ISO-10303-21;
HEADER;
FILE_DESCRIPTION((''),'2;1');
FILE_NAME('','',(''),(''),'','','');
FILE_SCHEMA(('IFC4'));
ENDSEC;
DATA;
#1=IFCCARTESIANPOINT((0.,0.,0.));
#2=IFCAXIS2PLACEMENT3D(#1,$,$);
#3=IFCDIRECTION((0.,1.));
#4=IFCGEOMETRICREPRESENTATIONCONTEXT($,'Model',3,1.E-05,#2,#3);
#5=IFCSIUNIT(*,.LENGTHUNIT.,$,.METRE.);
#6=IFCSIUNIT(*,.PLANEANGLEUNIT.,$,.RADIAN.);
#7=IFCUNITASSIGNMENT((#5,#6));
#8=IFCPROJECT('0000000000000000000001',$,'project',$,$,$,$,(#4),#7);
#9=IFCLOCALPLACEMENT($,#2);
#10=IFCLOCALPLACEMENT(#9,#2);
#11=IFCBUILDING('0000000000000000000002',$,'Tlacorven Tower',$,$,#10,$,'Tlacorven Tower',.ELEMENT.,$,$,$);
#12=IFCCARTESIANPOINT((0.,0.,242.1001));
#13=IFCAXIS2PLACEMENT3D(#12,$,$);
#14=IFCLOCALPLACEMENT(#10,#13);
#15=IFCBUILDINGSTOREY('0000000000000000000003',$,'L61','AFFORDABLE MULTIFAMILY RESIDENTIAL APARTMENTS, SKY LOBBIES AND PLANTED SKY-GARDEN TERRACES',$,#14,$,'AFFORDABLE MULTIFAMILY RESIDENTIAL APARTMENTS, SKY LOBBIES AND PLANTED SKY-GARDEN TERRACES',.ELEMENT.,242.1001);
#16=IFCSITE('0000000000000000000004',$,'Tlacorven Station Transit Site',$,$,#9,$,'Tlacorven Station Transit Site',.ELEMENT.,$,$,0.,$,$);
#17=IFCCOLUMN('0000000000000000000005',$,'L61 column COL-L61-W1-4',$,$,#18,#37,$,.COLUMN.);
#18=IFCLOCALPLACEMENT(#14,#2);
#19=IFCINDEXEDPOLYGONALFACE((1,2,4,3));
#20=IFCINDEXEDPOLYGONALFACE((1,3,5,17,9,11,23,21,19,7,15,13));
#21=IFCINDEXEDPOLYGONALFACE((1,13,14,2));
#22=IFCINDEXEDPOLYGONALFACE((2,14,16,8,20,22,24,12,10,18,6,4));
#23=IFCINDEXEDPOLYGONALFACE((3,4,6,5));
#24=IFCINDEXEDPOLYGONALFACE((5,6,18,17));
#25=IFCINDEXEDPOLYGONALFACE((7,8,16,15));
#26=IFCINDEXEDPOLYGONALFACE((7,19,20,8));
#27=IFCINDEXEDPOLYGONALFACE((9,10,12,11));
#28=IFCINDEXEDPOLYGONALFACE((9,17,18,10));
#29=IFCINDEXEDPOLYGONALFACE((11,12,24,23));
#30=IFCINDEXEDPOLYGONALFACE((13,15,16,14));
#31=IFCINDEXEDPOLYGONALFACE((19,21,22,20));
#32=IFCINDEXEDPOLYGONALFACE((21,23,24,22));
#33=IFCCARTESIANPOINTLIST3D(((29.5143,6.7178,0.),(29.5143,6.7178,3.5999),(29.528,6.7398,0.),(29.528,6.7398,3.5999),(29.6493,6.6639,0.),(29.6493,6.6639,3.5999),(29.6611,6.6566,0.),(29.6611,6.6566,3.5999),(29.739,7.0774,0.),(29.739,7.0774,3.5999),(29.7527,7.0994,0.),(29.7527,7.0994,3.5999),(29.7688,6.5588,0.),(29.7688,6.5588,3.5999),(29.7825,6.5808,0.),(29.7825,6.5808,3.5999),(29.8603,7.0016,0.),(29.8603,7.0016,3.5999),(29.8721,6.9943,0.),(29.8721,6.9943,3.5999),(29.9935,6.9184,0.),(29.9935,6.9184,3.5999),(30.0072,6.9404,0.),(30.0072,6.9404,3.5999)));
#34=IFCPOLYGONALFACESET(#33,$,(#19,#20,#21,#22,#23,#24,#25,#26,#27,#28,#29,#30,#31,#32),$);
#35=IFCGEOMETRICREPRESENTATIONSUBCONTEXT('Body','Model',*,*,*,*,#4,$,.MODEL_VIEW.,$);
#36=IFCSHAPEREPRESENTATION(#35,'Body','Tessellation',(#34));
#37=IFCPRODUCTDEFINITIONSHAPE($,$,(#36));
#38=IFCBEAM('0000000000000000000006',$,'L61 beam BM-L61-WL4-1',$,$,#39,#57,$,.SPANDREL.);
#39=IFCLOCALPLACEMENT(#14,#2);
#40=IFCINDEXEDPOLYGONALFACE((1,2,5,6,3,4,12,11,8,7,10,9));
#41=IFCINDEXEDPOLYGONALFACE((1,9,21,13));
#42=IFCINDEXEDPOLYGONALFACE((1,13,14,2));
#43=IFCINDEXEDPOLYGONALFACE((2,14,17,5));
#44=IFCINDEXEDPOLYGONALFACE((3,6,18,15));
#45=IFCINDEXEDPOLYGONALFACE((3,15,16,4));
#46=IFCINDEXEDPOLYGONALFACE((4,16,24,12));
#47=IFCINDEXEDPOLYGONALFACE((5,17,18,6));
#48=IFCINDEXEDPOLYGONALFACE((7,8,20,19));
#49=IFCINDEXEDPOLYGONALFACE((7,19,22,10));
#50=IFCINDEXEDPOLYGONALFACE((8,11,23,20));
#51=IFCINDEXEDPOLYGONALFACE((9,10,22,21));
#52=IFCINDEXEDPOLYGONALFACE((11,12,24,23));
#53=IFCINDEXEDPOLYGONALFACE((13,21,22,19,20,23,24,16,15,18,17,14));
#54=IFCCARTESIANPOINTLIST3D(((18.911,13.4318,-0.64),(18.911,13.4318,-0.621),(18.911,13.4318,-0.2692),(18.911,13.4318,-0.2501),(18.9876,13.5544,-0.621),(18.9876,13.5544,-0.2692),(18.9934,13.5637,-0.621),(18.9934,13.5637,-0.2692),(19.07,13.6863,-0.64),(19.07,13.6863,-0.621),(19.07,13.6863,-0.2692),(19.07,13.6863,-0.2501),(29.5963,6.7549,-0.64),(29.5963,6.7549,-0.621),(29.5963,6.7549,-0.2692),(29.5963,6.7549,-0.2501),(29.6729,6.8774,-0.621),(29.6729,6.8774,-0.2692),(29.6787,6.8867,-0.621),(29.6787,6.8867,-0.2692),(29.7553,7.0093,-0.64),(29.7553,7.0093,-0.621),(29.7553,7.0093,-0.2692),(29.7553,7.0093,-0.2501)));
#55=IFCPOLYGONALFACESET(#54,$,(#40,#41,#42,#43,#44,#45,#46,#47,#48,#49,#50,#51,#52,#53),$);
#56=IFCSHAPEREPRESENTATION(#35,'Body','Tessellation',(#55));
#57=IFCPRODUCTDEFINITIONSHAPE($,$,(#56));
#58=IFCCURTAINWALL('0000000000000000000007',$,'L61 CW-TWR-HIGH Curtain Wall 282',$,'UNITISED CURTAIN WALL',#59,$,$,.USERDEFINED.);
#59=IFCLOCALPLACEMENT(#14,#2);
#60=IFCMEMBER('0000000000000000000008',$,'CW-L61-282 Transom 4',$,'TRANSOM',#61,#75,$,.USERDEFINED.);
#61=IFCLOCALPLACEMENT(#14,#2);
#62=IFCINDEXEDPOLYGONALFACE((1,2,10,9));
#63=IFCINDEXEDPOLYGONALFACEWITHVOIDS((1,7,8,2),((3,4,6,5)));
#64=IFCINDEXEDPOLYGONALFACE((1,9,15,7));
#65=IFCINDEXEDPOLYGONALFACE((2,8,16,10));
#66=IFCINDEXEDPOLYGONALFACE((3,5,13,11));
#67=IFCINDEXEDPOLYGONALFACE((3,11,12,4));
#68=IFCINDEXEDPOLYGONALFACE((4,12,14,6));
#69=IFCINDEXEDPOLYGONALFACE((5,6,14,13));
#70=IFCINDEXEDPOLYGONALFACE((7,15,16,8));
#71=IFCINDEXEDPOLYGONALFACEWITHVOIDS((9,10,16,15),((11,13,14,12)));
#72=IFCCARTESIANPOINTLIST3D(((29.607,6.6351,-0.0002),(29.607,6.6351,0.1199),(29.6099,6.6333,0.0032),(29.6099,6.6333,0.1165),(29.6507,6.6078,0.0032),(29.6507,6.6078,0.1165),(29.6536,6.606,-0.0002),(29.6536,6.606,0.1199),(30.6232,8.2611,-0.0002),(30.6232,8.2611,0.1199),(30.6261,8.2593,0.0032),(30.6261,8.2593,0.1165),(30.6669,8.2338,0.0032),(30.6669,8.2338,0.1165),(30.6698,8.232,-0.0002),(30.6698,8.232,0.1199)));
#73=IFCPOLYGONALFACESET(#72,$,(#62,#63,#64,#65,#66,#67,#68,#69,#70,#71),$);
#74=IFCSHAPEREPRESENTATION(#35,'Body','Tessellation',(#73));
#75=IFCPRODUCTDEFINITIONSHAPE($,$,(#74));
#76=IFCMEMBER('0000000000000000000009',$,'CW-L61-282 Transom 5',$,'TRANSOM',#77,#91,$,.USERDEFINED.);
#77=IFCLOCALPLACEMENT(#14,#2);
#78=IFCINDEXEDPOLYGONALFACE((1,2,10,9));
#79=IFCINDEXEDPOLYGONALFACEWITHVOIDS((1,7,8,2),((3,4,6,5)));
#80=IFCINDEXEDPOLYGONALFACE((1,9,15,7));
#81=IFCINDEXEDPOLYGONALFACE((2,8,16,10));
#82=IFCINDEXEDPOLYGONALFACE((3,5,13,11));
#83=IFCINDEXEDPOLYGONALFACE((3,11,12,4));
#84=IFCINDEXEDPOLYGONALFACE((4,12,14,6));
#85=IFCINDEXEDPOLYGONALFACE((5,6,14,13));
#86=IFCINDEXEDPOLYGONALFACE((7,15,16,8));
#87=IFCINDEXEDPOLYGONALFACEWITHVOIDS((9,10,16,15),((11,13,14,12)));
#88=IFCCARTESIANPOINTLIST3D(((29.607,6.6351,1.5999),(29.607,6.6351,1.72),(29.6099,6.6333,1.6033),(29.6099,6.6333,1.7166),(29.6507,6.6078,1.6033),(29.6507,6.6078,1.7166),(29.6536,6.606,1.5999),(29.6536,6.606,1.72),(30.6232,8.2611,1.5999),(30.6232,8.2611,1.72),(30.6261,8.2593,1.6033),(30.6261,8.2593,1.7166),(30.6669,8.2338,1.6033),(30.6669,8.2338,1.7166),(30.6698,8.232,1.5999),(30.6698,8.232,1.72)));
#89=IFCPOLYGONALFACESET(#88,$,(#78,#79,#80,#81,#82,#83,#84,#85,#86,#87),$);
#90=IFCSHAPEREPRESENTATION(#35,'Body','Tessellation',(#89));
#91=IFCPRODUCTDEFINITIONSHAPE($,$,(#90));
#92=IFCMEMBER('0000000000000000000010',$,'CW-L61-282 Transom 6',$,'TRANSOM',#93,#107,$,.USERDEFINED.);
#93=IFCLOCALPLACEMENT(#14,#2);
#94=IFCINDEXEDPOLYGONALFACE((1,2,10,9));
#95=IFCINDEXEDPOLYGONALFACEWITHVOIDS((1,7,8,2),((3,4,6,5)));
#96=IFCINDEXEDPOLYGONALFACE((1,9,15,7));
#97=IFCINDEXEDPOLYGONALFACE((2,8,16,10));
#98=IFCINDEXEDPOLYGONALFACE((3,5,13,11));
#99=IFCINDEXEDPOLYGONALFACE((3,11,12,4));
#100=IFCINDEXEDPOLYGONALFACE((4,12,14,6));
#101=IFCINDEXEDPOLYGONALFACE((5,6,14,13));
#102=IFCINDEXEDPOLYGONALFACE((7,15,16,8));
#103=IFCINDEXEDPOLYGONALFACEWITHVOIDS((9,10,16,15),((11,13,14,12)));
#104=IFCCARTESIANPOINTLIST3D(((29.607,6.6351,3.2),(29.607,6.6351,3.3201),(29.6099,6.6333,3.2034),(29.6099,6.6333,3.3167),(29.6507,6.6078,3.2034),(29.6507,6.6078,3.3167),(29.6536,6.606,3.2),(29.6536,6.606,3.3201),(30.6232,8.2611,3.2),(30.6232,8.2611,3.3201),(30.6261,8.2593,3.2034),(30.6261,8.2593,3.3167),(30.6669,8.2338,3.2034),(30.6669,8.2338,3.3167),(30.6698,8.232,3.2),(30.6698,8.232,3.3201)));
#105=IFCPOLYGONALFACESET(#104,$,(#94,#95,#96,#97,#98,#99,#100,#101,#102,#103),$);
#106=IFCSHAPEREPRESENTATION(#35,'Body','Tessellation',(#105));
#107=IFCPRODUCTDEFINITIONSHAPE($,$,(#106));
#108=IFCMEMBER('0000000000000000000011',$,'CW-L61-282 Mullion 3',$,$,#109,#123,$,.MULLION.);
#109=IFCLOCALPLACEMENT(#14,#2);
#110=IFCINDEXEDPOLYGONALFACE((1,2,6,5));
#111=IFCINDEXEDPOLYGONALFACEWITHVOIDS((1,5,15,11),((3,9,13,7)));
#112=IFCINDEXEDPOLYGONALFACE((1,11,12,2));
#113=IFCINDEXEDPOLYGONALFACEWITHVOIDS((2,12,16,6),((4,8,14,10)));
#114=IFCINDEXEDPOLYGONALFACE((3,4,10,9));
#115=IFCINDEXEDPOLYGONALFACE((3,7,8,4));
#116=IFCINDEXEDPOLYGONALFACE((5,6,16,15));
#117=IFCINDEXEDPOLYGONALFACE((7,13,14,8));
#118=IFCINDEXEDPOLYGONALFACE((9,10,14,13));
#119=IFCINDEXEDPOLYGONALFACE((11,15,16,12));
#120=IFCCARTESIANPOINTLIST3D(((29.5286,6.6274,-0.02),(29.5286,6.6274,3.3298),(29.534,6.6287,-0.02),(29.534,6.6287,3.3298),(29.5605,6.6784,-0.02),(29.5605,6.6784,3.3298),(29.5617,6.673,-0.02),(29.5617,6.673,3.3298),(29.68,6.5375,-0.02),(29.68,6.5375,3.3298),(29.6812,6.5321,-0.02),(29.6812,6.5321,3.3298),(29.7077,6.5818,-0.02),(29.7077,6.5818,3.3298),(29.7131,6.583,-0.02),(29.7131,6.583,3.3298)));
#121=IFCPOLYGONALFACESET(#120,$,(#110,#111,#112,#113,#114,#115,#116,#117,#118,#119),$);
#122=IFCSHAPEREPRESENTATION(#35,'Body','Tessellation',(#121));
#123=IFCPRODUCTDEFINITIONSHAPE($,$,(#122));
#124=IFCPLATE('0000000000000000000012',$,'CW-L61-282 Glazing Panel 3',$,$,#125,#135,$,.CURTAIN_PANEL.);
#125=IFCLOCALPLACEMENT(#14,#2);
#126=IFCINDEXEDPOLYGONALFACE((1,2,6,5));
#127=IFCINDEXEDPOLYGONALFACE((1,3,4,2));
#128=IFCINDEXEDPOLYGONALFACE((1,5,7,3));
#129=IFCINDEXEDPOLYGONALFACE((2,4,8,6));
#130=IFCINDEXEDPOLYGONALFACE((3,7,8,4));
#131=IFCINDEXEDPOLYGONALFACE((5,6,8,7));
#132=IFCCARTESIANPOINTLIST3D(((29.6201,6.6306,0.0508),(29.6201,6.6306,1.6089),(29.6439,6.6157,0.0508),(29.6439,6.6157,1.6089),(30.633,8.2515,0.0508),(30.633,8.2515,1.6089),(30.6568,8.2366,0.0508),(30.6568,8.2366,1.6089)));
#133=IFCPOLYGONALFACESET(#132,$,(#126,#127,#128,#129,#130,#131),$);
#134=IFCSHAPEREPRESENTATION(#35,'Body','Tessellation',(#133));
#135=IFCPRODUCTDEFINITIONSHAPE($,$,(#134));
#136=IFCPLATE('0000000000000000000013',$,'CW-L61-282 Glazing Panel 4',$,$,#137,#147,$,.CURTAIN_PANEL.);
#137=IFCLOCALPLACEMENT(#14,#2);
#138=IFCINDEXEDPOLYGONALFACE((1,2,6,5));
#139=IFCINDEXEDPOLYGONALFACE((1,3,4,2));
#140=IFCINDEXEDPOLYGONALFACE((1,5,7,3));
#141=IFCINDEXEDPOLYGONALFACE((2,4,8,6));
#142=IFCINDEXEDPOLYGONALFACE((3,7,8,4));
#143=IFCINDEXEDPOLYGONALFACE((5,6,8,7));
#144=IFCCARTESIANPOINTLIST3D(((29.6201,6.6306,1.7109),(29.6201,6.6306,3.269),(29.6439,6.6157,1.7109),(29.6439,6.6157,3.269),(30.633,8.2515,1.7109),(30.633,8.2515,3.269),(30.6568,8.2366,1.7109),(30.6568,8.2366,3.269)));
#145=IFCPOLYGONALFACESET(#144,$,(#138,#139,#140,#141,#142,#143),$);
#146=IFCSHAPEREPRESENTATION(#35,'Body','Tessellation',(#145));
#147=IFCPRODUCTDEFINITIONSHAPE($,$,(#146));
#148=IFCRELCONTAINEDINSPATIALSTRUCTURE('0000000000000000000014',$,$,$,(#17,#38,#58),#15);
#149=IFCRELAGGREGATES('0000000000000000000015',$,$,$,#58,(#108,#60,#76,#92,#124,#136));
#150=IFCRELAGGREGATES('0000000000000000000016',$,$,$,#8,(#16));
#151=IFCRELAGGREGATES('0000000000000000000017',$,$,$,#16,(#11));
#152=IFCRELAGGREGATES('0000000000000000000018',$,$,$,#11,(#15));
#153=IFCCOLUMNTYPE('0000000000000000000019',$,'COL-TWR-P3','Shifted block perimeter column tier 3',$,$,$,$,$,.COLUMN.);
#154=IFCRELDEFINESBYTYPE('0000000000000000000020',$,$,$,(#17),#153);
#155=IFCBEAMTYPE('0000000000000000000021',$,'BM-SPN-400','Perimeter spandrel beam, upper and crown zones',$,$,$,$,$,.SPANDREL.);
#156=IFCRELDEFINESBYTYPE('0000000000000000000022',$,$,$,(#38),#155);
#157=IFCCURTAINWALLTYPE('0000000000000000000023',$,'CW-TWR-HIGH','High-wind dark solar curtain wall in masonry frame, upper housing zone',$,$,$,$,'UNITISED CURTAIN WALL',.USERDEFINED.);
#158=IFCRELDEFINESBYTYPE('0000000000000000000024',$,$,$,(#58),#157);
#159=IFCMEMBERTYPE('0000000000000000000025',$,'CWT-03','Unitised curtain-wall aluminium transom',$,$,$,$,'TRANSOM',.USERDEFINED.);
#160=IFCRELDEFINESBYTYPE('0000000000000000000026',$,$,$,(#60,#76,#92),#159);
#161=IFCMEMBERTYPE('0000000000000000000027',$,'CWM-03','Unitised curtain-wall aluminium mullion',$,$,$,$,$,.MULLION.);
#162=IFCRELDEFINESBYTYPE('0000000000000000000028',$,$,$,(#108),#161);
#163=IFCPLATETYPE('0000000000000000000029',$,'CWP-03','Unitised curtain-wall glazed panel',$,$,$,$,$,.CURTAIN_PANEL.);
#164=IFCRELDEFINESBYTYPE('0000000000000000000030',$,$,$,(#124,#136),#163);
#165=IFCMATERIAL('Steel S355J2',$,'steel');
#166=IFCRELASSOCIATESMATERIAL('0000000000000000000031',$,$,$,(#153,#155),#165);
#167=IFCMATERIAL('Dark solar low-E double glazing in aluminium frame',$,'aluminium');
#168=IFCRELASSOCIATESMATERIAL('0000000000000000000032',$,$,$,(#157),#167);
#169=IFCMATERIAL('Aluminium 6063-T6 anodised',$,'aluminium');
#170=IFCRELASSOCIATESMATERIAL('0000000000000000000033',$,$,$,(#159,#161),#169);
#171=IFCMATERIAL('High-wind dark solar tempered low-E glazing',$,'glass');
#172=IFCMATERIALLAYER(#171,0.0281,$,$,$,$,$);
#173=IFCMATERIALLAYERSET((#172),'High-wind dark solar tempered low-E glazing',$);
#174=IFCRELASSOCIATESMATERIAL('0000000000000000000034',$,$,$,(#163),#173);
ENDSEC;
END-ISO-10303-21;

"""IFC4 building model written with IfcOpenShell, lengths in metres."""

from ifc_helpers import new_model, si_unit, direction, frame, origin, origin_2d, place, context, subcontext, project, spatial, rectangle, hollow_rectangle, i_section, extrude, source, transform, mapped, material, layer, layer_set, material_profile, profile_set, type_object, element, aggregate, save


model = new_model("IFC4")

# Units and contexts
model_context = context("Model", 3, precision=1e-05, world=origin(), true_north=direction((0.0, 1.0)))
body_context = subcontext(model_context, "Body", "Model", "MODEL_VIEW")
ifc_project = project(units=[si_unit("LENGTHUNIT", "METRE"), si_unit("PLANEANGLEUNIT", "RADIAN")], contexts=[model_context])

# Site, building, storey
site_placement = place(None, origin())
site = spatial("IfcSite", under=ifc_project, at=site_placement, Name="Tlacorven Station Transit Site", LongName="Tlacorven Station Transit Site", CompositionType="ELEMENT", RefElevation=0.0)
building_placement = place(site_placement, origin())
building = spatial("IfcBuilding", under=site, at=building_placement, Name="Tlacorven Tower", LongName="Tlacorven Tower", CompositionType="ELEMENT")
storey_placement = place(building_placement, frame((0.0, 0.0, 242.1001)))
storey = spatial("IfcBuildingStorey", under=building, at=storey_placement, Name="L61", Description="AFFORDABLE MULTIFAMILY RESIDENTIAL APARTMENTS, SKY LOBBIES AND PLANTED SKY-GARDEN TERRACES", LongName="AFFORDABLE MULTIFAMILY RESIDENTIAL APARTMENTS, SKY LOBBIES AND PLANTED SKY-GARDEN TERRACES", CompositionType="ELEMENT", Elevation=242.1001)

# Column
ifc_material_1 = material(Name="Steel S355J2", Category="steel")
ifc_material_profile_1 = material_profile(ifc_material_1, i_section(OverallWidth=0.3, OverallDepth=0.45, WebThickness=0.0139, FlangeThickness=0.0259, at=origin_2d()), Name="HEB 450")
ifc_profile_set_1 = profile_set([ifc_material_profile_1], Name="Steel S355J2")
column_type = type_object("IfcColumnType", Name="COL-TWR-P3", Description="Shifted block perimeter column tier 3", PredefinedType="COLUMN", material=ifc_profile_set_1)
shared_shape_1 = source(origin(), body_context, "Body", "SweptSolid", [
    extrude(i_section(OverallWidth=0.3, OverallDepth=0.45, WebThickness=0.0139, FlangeThickness=0.0259, at=origin_2d()), origin(), (0.0, 0.0, 1.0), 3.5999),
])
column_placement = place(storey_placement, frame((29.7607, 6.8291, 0.0), z_axis=(0.0, 0.0, 1.0), x_axis=(-0.848048, 0.529919, 0.0)))
element("IfcColumn", 1, at=column_placement, inside=storey, type_object=column_type, Name="L61 column COL-L61-W1-4", PredefinedType="COLUMN", context=body_context, shape_type="MappedRepresentation", body=[
    mapped(shared_shape_1, transform((0.0, 0.0, 0.0), scale=1.0)),
])

# Beam
ifc_material_profile_2 = material_profile(ifc_material_1, i_section(OverallWidth=0.3, OverallDepth=0.3899, WebThickness=0.011, FlangeThickness=0.019, at=origin_2d()), Name="HEA 400")
ifc_profile_set_2 = profile_set([ifc_material_profile_2], Name="Steel S355J2")
beam_type = type_object("IfcBeamType", Name="BM-SPN-400", Description="Perimeter spandrel beam, upper and crown zones", PredefinedType="SPANDREL", material=ifc_profile_set_2)
shared_shape_2 = source(origin(), body_context, "Body", "SweptSolid", [
    extrude(i_section(OverallWidth=0.3, OverallDepth=0.3899, WebThickness=0.011, FlangeThickness=0.019, at=origin_2d()), origin(), (0.0, 0.0, 1.0), 12.5999),
])
beam_placement = place(storey_placement, frame((29.6758, 6.8821, -0.4451), z_axis=(-0.848045, 0.529924, 0.0), x_axis=(-0.529924, -0.848045, 0.0)))
element("IfcBeam", 2, at=beam_placement, inside=storey, type_object=beam_type, Name="L61 beam BM-L61-WL4-1", PredefinedType="SPANDREL", context=body_context, shape_type="MappedRepresentation", body=[
    mapped(shared_shape_2, transform((0.0, 0.0, 0.0), scale=1.0)),
])

# Curtain wall, members, plates
ifc_material_2 = material(Name="Dark solar low-E double glazing in aluminium frame", Category="aluminium")
curtain_wall_type = type_object("IfcCurtainWallType", Name="CW-TWR-HIGH", Description="High-wind dark solar curtain wall in masonry frame, upper housing zone", ElementType="UNITISED CURTAIN WALL", PredefinedType="USERDEFINED", material=ifc_material_2)
curtain_wall_placement = place(storey_placement, origin())
curtain_wall = element("IfcCurtainWall", 3, at=curtain_wall_placement, inside=storey, type_object=curtain_wall_type, Name="L61 CW-TWR-HIGH Curtain Wall 282", ObjectType="UNITISED CURTAIN WALL", PredefinedType="USERDEFINED")
ifc_material_3 = material(Name="Aluminium 6063-T6 anodised", Category="aluminium")
ifc_material_profile_3 = material_profile(ifc_material_3, hollow_rectangle(XDim=0.0549, YDim=0.1201, WallThickness=0.0034, at=origin_2d()), Name="ALU TRANSOM 55X120")
ifc_profile_set_3 = profile_set([ifc_material_profile_3], Name="Aluminium 6063-T6 anodised")
member_type_1 = type_object("IfcMemberType", Name="CWT-03", Description="Unitised curtain-wall aluminium transom", ElementType="TRANSOM", PredefinedType="USERDEFINED", material=ifc_profile_set_3)
shared_shape_3 = source(origin(), body_context, "Body", "SweptSolid", [
    extrude(hollow_rectangle(XDim=0.0549, YDim=0.1201, WallThickness=0.0034, at=origin_2d()), origin(), (0.0, 0.0, 1.0), 1.9175),
])
member_1_placement = place(storey_placement, frame((30.6465, 8.2466, 0.0598), z_axis=(-0.529953, -0.848027, 0.0), x_axis=(0.848027, -0.529953, 0.0)))
member_1 = element("IfcMember", 4, at=member_1_placement, type_object=member_type_1, Name="CW-L61-282 Transom 4", ObjectType="TRANSOM", PredefinedType="USERDEFINED", context=body_context, shape_type="MappedRepresentation", body=[
    mapped(shared_shape_3, transform((0.0, 0.0, 0.0), scale=1.0)),
])
member_2_placement = place(storey_placement, frame((30.6465, 8.2466, 1.6599), z_axis=(-0.529953, -0.848027, 0.0), x_axis=(0.848027, -0.529953, 0.0)))
member_2 = element("IfcMember", 5, at=member_2_placement, type_object=member_type_1, Name="CW-L61-282 Transom 5", ObjectType="TRANSOM", PredefinedType="USERDEFINED", context=body_context, shape_type="MappedRepresentation", body=[
    mapped(shared_shape_3, transform((0.0, 0.0, 0.0), scale=1.0)),
])
member_3_placement = place(storey_placement, frame((30.6465, 8.2466, 3.26), z_axis=(-0.529953, -0.848027, 0.0), x_axis=(0.848027, -0.529953, 0.0)))
member_3 = element("IfcMember", 6, at=member_3_placement, type_object=member_type_1, Name="CW-L61-282 Transom 6", ObjectType="TRANSOM", PredefinedType="USERDEFINED", context=body_context, shape_type="MappedRepresentation", body=[
    mapped(shared_shape_3, transform((0.0, 0.0, 0.0), scale=1.0)),
])
ifc_material_profile_4 = material_profile(ifc_material_3, hollow_rectangle(XDim=0.0601, YDim=0.1799, WallThickness=0.0039, at=origin_2d()), Name="ALU MULLION 60X180")
ifc_profile_set_4 = profile_set([ifc_material_profile_4], Name="Aluminium 6063-T6 anodised")
member_type_2 = type_object("IfcMemberType", Name="CWM-03", Description="Unitised curtain-wall aluminium mullion", PredefinedType="MULLION", material=ifc_profile_set_4)
shared_shape_4 = source(origin(), body_context, "Body", "SweptSolid", [
    extrude(hollow_rectangle(XDim=0.0601, YDim=0.1799, WallThickness=0.0039, at=origin_2d()), origin(), (0.0, 0.0, 1.0), 3.3499),
])
member_4_placement = place(storey_placement, frame((29.6208, 6.6052, -0.02), z_axis=(0.0, 0.0, 1.0), x_axis=(-0.529919, -0.848048, 0.0)))
member_4 = element("IfcMember", 7, at=member_4_placement, type_object=member_type_2, Name="CW-L61-282 Mullion 3", PredefinedType="MULLION", context=body_context, shape_type="MappedRepresentation", body=[
    mapped(shared_shape_4, transform((0.0, 0.0, 0.0), scale=1.0)),
])
ifc_material_4 = material(Name="High-wind dark solar tempered low-E glazing", Category="glass")
ifc_layer_1 = layer(ifc_material_4, 0.0281)
ifc_layer_set_1 = layer_set([ifc_layer_1], Name="High-wind dark solar tempered low-E glazing")
plate_type = type_object("IfcPlateType", Name="CWP-03", Description="Unitised curtain-wall glazed panel", PredefinedType="CURTAIN_PANEL", material=ifc_layer_set_1)
shared_shape_5 = source(origin(), body_context, "Body", "SweptSolid", [
    extrude(rectangle(XDim=1.9114, YDim=0.0281, at=origin_2d()), origin(), (0.0, 0.0, 1.0), 1.5581),
])
plate_1_placement = place(storey_placement, frame((30.1384, 7.4336, 0.0508), z_axis=(0.0, 0.0, 1.0), x_axis=(-0.529919, -0.848048, 0.0)))
plate_1 = element("IfcPlate", 8, at=plate_1_placement, type_object=plate_type, Name="CW-L61-282 Glazing Panel 3", PredefinedType="CURTAIN_PANEL", context=body_context, shape_type="MappedRepresentation", body=[
    mapped(shared_shape_5, transform((0.0, 0.0, 0.0), scale=1.0)),
])
plate_2_placement = place(storey_placement, frame((30.1384, 7.4336, 1.7109), z_axis=(0.0, 0.0, 1.0), x_axis=(-0.529919, -0.848048, 0.0)))
plate_2 = element("IfcPlate", 9, at=plate_2_placement, type_object=plate_type, Name="CW-L61-282 Glazing Panel 4", PredefinedType="CURTAIN_PANEL", context=body_context, shape_type="MappedRepresentation", body=[
    mapped(shared_shape_5, transform((0.0, 0.0, 0.0), scale=1.0)),
])
aggregate(curtain_wall, [member_4, member_1, member_2, member_3, plate_1, plate_2])

save(model, "model.ifc")
